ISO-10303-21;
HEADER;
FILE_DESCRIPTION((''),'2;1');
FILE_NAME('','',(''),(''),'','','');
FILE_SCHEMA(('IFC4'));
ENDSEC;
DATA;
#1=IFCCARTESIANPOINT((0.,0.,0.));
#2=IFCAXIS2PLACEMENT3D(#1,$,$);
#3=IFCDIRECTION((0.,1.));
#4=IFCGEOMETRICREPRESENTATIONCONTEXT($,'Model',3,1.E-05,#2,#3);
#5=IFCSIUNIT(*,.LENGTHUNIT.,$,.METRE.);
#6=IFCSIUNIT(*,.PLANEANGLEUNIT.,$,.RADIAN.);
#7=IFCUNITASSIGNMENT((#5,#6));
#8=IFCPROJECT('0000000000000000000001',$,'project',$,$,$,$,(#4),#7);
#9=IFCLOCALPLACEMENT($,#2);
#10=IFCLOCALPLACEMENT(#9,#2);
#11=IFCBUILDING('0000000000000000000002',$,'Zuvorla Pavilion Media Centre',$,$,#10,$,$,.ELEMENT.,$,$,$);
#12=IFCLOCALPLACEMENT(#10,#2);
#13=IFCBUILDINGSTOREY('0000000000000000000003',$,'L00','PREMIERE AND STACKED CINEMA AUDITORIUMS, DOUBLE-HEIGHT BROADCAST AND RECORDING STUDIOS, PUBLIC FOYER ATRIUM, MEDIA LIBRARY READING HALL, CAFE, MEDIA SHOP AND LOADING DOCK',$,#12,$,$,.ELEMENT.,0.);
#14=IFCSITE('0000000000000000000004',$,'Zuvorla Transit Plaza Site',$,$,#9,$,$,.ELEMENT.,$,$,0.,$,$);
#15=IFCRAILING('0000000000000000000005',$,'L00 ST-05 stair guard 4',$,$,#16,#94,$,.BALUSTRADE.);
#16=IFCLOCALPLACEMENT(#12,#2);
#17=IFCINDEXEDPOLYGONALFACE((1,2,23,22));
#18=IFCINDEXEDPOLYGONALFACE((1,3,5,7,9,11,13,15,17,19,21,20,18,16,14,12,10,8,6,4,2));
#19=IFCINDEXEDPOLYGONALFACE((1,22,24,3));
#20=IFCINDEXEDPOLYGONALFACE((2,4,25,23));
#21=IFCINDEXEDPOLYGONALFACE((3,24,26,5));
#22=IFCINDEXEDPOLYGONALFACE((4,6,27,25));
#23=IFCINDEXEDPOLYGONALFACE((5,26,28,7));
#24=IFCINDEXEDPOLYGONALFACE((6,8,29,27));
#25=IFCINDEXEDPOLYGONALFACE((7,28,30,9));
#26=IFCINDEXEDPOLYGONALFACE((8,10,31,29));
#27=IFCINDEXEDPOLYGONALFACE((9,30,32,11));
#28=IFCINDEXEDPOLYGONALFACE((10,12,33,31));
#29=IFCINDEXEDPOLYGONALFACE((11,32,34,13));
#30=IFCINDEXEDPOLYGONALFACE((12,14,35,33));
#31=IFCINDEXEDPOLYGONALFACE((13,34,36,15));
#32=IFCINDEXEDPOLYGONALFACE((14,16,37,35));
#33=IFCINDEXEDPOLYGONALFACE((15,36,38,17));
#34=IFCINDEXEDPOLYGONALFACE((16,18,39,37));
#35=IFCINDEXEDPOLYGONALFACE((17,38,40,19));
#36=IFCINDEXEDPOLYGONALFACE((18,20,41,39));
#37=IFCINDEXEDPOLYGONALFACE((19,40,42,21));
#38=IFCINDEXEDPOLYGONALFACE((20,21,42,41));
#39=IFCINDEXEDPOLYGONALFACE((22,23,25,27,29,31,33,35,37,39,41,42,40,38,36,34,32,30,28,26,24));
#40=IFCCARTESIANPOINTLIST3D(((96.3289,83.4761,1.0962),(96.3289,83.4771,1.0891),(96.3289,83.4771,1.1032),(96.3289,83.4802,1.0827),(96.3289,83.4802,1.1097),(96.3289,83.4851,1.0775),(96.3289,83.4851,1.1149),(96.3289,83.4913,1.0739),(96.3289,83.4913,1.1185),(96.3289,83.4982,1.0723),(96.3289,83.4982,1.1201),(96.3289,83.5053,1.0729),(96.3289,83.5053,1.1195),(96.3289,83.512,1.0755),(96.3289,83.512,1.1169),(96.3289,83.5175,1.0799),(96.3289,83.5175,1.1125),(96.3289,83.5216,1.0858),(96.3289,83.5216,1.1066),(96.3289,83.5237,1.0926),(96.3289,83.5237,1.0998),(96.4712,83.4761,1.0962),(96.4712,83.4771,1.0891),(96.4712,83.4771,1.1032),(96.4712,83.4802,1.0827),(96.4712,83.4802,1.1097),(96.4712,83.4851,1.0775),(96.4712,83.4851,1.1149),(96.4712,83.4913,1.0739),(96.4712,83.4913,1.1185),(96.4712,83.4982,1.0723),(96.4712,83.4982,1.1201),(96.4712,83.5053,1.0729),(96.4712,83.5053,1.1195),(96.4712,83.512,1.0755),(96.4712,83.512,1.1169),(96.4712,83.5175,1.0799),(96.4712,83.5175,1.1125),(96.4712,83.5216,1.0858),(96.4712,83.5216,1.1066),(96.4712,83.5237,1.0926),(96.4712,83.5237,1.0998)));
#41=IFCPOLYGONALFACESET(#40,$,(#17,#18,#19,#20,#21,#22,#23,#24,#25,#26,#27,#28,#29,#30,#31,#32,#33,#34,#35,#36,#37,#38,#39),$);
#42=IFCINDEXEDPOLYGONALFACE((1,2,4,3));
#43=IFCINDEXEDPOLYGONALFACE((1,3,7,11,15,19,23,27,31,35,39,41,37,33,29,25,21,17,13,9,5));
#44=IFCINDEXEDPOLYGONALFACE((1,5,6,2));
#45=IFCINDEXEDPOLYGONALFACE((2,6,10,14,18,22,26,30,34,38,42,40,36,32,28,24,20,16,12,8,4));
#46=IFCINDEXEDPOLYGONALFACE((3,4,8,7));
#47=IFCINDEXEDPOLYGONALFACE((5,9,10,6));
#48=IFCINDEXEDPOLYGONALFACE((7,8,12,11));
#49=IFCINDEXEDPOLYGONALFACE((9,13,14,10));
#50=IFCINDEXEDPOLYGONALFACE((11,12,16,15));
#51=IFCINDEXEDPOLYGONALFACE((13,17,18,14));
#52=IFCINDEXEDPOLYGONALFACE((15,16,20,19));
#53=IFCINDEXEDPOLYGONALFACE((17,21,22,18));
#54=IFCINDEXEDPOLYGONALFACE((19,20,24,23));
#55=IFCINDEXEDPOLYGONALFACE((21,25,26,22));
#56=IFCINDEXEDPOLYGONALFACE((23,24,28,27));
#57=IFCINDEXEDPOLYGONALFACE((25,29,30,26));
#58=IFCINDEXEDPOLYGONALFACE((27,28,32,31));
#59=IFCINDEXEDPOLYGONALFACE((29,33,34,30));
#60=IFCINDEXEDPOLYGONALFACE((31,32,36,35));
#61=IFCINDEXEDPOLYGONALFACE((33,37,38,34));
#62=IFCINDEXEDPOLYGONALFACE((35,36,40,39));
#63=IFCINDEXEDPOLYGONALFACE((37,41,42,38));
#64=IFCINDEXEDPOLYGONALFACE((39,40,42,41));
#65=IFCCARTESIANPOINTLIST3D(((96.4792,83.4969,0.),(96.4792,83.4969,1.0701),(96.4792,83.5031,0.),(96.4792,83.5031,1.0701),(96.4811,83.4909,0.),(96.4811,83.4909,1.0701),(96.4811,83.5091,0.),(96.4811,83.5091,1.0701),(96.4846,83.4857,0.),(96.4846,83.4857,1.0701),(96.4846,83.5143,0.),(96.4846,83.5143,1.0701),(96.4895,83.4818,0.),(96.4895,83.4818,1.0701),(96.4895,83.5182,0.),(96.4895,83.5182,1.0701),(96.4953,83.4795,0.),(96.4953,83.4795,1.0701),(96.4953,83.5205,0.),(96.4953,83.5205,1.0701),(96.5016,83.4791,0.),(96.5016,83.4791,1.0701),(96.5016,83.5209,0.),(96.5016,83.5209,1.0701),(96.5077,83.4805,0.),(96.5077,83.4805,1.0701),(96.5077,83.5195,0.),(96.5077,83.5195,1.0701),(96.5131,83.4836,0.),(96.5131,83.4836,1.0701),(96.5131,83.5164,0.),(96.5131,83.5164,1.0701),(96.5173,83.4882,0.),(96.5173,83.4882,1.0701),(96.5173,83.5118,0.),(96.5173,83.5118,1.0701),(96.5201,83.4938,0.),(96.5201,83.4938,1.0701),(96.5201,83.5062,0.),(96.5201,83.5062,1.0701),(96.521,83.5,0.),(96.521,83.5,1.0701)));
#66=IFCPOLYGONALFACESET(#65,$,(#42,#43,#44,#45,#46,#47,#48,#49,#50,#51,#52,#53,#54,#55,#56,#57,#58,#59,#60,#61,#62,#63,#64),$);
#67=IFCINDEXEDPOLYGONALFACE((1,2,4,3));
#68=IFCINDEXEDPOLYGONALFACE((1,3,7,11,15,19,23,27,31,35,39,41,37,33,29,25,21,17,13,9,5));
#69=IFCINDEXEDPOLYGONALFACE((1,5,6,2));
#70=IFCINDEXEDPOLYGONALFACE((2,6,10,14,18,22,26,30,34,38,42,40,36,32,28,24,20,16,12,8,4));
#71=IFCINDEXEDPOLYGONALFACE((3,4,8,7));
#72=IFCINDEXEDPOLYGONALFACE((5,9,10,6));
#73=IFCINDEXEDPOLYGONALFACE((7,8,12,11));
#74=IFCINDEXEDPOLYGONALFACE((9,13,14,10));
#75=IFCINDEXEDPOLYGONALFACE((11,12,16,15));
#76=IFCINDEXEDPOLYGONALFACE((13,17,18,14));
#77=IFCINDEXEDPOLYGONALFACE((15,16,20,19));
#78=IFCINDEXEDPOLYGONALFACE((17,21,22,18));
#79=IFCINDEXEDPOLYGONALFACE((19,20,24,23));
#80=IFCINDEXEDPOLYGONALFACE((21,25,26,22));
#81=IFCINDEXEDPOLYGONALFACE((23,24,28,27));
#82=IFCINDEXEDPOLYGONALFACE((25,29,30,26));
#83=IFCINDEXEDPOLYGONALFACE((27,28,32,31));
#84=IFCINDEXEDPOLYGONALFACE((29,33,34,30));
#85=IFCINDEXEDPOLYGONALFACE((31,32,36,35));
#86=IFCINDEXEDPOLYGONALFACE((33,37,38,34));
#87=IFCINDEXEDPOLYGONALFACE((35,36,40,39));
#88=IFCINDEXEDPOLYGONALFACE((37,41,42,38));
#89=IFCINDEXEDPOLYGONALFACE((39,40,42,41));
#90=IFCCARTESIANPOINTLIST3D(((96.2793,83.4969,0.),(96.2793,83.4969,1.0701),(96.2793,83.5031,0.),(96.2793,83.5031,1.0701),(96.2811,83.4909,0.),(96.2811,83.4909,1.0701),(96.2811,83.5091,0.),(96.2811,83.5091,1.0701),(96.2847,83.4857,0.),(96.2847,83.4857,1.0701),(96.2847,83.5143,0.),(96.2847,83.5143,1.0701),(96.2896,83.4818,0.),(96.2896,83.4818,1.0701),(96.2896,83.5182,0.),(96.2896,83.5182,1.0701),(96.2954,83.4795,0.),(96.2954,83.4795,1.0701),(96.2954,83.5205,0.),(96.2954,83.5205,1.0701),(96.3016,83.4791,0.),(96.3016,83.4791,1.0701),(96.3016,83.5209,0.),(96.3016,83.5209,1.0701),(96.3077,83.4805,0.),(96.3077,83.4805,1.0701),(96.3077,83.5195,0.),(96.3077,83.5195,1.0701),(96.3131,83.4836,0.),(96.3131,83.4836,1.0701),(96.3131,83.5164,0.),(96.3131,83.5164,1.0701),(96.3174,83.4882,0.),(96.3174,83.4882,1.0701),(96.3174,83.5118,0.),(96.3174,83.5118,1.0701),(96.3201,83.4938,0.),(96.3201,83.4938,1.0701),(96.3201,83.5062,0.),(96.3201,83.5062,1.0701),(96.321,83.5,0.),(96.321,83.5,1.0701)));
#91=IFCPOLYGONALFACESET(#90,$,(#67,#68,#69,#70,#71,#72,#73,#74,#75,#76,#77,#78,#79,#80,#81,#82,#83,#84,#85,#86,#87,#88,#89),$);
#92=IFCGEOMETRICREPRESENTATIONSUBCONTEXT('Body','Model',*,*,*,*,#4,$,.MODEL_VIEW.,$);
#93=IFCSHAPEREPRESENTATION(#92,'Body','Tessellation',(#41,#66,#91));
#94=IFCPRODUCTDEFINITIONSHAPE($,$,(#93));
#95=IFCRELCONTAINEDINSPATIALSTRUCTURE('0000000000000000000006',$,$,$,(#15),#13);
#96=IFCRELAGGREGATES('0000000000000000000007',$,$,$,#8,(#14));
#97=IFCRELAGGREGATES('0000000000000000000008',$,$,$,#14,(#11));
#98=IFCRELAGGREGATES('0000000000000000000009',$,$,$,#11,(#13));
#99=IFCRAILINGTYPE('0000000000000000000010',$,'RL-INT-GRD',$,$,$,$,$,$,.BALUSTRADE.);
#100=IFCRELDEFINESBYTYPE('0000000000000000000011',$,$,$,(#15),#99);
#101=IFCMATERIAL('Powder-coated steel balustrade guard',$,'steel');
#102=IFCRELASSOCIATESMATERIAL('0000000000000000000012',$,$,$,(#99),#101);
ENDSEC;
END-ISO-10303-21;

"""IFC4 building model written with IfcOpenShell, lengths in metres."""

from ifc_helpers import new_model, si_unit, direction, frame, origin, origin_2d, place, context, subcontext, project, spatial, circle, extrude, material, type_object, element, save


model = new_model("IFC4")

# Units and contexts
model_context = context("Model", 3, precision=1e-05, world=origin(), true_north=direction((0.0, 1.0)))
body_context = subcontext(model_context, "Body", "Model", "MODEL_VIEW")
ifc_project = project(units=[si_unit("LENGTHUNIT", "METRE"), si_unit("PLANEANGLEUNIT", "RADIAN")], contexts=[model_context])

# Site, building, storey
site_placement = place(None, origin())
site = spatial("IfcSite", under=ifc_project, at=site_placement, Name="Zuvorla Transit Plaza Site", CompositionType="ELEMENT", RefElevation=0.0)
building_placement = place(site_placement, origin())
building = spatial("IfcBuilding", under=site, at=building_placement, Name="Zuvorla Pavilion Media Centre", CompositionType="ELEMENT")
storey_placement = place(building_placement, origin())
storey = spatial("IfcBuildingStorey", under=building, at=storey_placement, Name="L00", Description="PREMIERE AND STACKED CINEMA AUDITORIUMS, DOUBLE-HEIGHT BROADCAST AND RECORDING STUDIOS, PUBLIC FOYER ATRIUM, MEDIA LIBRARY READING HALL, CAFE, MEDIA SHOP AND LOADING DOCK", CompositionType="ELEMENT", Elevation=0.0)

# Railing
ifc_material_1 = material(Name="Powder-coated steel balustrade guard", Category="steel")
railing_type_1 = type_object("IfcRailingType", Name="RL-INT-GRD", PredefinedType="BALUSTRADE", material=ifc_material_1)
railing_1_placement = place(storey_placement, frame((96.5, 83.5, 0.0)))
element("IfcRailing", 1, at=railing_1_placement, inside=storey, type_object=railing_type_1, Name="L00 ST-05 stair guard 4", PredefinedType="BALUSTRADE", context=body_context, shape_type="SweptSolid", body=[
    extrude(circle(Radius=0.0239, at=origin_2d()), frame((-0.0288, 0.0, 1.0962), z_axis=(-1.0, 0.0, 0.0), x_axis=(0.0, -1.0, 0.0)), (0.0, 0.0, 1.0), 0.1423),
    extrude(circle(Radius=0.021, at=origin_2d()), origin(), (0.0, 0.0, 1.0), 1.0701),
    extrude(circle(Radius=0.021, at=origin_2d()), frame((-0.2, 0.0, 0.0)), (0.0, 0.0, 1.0), 1.0701),
])

save(model, "model.ifc")
